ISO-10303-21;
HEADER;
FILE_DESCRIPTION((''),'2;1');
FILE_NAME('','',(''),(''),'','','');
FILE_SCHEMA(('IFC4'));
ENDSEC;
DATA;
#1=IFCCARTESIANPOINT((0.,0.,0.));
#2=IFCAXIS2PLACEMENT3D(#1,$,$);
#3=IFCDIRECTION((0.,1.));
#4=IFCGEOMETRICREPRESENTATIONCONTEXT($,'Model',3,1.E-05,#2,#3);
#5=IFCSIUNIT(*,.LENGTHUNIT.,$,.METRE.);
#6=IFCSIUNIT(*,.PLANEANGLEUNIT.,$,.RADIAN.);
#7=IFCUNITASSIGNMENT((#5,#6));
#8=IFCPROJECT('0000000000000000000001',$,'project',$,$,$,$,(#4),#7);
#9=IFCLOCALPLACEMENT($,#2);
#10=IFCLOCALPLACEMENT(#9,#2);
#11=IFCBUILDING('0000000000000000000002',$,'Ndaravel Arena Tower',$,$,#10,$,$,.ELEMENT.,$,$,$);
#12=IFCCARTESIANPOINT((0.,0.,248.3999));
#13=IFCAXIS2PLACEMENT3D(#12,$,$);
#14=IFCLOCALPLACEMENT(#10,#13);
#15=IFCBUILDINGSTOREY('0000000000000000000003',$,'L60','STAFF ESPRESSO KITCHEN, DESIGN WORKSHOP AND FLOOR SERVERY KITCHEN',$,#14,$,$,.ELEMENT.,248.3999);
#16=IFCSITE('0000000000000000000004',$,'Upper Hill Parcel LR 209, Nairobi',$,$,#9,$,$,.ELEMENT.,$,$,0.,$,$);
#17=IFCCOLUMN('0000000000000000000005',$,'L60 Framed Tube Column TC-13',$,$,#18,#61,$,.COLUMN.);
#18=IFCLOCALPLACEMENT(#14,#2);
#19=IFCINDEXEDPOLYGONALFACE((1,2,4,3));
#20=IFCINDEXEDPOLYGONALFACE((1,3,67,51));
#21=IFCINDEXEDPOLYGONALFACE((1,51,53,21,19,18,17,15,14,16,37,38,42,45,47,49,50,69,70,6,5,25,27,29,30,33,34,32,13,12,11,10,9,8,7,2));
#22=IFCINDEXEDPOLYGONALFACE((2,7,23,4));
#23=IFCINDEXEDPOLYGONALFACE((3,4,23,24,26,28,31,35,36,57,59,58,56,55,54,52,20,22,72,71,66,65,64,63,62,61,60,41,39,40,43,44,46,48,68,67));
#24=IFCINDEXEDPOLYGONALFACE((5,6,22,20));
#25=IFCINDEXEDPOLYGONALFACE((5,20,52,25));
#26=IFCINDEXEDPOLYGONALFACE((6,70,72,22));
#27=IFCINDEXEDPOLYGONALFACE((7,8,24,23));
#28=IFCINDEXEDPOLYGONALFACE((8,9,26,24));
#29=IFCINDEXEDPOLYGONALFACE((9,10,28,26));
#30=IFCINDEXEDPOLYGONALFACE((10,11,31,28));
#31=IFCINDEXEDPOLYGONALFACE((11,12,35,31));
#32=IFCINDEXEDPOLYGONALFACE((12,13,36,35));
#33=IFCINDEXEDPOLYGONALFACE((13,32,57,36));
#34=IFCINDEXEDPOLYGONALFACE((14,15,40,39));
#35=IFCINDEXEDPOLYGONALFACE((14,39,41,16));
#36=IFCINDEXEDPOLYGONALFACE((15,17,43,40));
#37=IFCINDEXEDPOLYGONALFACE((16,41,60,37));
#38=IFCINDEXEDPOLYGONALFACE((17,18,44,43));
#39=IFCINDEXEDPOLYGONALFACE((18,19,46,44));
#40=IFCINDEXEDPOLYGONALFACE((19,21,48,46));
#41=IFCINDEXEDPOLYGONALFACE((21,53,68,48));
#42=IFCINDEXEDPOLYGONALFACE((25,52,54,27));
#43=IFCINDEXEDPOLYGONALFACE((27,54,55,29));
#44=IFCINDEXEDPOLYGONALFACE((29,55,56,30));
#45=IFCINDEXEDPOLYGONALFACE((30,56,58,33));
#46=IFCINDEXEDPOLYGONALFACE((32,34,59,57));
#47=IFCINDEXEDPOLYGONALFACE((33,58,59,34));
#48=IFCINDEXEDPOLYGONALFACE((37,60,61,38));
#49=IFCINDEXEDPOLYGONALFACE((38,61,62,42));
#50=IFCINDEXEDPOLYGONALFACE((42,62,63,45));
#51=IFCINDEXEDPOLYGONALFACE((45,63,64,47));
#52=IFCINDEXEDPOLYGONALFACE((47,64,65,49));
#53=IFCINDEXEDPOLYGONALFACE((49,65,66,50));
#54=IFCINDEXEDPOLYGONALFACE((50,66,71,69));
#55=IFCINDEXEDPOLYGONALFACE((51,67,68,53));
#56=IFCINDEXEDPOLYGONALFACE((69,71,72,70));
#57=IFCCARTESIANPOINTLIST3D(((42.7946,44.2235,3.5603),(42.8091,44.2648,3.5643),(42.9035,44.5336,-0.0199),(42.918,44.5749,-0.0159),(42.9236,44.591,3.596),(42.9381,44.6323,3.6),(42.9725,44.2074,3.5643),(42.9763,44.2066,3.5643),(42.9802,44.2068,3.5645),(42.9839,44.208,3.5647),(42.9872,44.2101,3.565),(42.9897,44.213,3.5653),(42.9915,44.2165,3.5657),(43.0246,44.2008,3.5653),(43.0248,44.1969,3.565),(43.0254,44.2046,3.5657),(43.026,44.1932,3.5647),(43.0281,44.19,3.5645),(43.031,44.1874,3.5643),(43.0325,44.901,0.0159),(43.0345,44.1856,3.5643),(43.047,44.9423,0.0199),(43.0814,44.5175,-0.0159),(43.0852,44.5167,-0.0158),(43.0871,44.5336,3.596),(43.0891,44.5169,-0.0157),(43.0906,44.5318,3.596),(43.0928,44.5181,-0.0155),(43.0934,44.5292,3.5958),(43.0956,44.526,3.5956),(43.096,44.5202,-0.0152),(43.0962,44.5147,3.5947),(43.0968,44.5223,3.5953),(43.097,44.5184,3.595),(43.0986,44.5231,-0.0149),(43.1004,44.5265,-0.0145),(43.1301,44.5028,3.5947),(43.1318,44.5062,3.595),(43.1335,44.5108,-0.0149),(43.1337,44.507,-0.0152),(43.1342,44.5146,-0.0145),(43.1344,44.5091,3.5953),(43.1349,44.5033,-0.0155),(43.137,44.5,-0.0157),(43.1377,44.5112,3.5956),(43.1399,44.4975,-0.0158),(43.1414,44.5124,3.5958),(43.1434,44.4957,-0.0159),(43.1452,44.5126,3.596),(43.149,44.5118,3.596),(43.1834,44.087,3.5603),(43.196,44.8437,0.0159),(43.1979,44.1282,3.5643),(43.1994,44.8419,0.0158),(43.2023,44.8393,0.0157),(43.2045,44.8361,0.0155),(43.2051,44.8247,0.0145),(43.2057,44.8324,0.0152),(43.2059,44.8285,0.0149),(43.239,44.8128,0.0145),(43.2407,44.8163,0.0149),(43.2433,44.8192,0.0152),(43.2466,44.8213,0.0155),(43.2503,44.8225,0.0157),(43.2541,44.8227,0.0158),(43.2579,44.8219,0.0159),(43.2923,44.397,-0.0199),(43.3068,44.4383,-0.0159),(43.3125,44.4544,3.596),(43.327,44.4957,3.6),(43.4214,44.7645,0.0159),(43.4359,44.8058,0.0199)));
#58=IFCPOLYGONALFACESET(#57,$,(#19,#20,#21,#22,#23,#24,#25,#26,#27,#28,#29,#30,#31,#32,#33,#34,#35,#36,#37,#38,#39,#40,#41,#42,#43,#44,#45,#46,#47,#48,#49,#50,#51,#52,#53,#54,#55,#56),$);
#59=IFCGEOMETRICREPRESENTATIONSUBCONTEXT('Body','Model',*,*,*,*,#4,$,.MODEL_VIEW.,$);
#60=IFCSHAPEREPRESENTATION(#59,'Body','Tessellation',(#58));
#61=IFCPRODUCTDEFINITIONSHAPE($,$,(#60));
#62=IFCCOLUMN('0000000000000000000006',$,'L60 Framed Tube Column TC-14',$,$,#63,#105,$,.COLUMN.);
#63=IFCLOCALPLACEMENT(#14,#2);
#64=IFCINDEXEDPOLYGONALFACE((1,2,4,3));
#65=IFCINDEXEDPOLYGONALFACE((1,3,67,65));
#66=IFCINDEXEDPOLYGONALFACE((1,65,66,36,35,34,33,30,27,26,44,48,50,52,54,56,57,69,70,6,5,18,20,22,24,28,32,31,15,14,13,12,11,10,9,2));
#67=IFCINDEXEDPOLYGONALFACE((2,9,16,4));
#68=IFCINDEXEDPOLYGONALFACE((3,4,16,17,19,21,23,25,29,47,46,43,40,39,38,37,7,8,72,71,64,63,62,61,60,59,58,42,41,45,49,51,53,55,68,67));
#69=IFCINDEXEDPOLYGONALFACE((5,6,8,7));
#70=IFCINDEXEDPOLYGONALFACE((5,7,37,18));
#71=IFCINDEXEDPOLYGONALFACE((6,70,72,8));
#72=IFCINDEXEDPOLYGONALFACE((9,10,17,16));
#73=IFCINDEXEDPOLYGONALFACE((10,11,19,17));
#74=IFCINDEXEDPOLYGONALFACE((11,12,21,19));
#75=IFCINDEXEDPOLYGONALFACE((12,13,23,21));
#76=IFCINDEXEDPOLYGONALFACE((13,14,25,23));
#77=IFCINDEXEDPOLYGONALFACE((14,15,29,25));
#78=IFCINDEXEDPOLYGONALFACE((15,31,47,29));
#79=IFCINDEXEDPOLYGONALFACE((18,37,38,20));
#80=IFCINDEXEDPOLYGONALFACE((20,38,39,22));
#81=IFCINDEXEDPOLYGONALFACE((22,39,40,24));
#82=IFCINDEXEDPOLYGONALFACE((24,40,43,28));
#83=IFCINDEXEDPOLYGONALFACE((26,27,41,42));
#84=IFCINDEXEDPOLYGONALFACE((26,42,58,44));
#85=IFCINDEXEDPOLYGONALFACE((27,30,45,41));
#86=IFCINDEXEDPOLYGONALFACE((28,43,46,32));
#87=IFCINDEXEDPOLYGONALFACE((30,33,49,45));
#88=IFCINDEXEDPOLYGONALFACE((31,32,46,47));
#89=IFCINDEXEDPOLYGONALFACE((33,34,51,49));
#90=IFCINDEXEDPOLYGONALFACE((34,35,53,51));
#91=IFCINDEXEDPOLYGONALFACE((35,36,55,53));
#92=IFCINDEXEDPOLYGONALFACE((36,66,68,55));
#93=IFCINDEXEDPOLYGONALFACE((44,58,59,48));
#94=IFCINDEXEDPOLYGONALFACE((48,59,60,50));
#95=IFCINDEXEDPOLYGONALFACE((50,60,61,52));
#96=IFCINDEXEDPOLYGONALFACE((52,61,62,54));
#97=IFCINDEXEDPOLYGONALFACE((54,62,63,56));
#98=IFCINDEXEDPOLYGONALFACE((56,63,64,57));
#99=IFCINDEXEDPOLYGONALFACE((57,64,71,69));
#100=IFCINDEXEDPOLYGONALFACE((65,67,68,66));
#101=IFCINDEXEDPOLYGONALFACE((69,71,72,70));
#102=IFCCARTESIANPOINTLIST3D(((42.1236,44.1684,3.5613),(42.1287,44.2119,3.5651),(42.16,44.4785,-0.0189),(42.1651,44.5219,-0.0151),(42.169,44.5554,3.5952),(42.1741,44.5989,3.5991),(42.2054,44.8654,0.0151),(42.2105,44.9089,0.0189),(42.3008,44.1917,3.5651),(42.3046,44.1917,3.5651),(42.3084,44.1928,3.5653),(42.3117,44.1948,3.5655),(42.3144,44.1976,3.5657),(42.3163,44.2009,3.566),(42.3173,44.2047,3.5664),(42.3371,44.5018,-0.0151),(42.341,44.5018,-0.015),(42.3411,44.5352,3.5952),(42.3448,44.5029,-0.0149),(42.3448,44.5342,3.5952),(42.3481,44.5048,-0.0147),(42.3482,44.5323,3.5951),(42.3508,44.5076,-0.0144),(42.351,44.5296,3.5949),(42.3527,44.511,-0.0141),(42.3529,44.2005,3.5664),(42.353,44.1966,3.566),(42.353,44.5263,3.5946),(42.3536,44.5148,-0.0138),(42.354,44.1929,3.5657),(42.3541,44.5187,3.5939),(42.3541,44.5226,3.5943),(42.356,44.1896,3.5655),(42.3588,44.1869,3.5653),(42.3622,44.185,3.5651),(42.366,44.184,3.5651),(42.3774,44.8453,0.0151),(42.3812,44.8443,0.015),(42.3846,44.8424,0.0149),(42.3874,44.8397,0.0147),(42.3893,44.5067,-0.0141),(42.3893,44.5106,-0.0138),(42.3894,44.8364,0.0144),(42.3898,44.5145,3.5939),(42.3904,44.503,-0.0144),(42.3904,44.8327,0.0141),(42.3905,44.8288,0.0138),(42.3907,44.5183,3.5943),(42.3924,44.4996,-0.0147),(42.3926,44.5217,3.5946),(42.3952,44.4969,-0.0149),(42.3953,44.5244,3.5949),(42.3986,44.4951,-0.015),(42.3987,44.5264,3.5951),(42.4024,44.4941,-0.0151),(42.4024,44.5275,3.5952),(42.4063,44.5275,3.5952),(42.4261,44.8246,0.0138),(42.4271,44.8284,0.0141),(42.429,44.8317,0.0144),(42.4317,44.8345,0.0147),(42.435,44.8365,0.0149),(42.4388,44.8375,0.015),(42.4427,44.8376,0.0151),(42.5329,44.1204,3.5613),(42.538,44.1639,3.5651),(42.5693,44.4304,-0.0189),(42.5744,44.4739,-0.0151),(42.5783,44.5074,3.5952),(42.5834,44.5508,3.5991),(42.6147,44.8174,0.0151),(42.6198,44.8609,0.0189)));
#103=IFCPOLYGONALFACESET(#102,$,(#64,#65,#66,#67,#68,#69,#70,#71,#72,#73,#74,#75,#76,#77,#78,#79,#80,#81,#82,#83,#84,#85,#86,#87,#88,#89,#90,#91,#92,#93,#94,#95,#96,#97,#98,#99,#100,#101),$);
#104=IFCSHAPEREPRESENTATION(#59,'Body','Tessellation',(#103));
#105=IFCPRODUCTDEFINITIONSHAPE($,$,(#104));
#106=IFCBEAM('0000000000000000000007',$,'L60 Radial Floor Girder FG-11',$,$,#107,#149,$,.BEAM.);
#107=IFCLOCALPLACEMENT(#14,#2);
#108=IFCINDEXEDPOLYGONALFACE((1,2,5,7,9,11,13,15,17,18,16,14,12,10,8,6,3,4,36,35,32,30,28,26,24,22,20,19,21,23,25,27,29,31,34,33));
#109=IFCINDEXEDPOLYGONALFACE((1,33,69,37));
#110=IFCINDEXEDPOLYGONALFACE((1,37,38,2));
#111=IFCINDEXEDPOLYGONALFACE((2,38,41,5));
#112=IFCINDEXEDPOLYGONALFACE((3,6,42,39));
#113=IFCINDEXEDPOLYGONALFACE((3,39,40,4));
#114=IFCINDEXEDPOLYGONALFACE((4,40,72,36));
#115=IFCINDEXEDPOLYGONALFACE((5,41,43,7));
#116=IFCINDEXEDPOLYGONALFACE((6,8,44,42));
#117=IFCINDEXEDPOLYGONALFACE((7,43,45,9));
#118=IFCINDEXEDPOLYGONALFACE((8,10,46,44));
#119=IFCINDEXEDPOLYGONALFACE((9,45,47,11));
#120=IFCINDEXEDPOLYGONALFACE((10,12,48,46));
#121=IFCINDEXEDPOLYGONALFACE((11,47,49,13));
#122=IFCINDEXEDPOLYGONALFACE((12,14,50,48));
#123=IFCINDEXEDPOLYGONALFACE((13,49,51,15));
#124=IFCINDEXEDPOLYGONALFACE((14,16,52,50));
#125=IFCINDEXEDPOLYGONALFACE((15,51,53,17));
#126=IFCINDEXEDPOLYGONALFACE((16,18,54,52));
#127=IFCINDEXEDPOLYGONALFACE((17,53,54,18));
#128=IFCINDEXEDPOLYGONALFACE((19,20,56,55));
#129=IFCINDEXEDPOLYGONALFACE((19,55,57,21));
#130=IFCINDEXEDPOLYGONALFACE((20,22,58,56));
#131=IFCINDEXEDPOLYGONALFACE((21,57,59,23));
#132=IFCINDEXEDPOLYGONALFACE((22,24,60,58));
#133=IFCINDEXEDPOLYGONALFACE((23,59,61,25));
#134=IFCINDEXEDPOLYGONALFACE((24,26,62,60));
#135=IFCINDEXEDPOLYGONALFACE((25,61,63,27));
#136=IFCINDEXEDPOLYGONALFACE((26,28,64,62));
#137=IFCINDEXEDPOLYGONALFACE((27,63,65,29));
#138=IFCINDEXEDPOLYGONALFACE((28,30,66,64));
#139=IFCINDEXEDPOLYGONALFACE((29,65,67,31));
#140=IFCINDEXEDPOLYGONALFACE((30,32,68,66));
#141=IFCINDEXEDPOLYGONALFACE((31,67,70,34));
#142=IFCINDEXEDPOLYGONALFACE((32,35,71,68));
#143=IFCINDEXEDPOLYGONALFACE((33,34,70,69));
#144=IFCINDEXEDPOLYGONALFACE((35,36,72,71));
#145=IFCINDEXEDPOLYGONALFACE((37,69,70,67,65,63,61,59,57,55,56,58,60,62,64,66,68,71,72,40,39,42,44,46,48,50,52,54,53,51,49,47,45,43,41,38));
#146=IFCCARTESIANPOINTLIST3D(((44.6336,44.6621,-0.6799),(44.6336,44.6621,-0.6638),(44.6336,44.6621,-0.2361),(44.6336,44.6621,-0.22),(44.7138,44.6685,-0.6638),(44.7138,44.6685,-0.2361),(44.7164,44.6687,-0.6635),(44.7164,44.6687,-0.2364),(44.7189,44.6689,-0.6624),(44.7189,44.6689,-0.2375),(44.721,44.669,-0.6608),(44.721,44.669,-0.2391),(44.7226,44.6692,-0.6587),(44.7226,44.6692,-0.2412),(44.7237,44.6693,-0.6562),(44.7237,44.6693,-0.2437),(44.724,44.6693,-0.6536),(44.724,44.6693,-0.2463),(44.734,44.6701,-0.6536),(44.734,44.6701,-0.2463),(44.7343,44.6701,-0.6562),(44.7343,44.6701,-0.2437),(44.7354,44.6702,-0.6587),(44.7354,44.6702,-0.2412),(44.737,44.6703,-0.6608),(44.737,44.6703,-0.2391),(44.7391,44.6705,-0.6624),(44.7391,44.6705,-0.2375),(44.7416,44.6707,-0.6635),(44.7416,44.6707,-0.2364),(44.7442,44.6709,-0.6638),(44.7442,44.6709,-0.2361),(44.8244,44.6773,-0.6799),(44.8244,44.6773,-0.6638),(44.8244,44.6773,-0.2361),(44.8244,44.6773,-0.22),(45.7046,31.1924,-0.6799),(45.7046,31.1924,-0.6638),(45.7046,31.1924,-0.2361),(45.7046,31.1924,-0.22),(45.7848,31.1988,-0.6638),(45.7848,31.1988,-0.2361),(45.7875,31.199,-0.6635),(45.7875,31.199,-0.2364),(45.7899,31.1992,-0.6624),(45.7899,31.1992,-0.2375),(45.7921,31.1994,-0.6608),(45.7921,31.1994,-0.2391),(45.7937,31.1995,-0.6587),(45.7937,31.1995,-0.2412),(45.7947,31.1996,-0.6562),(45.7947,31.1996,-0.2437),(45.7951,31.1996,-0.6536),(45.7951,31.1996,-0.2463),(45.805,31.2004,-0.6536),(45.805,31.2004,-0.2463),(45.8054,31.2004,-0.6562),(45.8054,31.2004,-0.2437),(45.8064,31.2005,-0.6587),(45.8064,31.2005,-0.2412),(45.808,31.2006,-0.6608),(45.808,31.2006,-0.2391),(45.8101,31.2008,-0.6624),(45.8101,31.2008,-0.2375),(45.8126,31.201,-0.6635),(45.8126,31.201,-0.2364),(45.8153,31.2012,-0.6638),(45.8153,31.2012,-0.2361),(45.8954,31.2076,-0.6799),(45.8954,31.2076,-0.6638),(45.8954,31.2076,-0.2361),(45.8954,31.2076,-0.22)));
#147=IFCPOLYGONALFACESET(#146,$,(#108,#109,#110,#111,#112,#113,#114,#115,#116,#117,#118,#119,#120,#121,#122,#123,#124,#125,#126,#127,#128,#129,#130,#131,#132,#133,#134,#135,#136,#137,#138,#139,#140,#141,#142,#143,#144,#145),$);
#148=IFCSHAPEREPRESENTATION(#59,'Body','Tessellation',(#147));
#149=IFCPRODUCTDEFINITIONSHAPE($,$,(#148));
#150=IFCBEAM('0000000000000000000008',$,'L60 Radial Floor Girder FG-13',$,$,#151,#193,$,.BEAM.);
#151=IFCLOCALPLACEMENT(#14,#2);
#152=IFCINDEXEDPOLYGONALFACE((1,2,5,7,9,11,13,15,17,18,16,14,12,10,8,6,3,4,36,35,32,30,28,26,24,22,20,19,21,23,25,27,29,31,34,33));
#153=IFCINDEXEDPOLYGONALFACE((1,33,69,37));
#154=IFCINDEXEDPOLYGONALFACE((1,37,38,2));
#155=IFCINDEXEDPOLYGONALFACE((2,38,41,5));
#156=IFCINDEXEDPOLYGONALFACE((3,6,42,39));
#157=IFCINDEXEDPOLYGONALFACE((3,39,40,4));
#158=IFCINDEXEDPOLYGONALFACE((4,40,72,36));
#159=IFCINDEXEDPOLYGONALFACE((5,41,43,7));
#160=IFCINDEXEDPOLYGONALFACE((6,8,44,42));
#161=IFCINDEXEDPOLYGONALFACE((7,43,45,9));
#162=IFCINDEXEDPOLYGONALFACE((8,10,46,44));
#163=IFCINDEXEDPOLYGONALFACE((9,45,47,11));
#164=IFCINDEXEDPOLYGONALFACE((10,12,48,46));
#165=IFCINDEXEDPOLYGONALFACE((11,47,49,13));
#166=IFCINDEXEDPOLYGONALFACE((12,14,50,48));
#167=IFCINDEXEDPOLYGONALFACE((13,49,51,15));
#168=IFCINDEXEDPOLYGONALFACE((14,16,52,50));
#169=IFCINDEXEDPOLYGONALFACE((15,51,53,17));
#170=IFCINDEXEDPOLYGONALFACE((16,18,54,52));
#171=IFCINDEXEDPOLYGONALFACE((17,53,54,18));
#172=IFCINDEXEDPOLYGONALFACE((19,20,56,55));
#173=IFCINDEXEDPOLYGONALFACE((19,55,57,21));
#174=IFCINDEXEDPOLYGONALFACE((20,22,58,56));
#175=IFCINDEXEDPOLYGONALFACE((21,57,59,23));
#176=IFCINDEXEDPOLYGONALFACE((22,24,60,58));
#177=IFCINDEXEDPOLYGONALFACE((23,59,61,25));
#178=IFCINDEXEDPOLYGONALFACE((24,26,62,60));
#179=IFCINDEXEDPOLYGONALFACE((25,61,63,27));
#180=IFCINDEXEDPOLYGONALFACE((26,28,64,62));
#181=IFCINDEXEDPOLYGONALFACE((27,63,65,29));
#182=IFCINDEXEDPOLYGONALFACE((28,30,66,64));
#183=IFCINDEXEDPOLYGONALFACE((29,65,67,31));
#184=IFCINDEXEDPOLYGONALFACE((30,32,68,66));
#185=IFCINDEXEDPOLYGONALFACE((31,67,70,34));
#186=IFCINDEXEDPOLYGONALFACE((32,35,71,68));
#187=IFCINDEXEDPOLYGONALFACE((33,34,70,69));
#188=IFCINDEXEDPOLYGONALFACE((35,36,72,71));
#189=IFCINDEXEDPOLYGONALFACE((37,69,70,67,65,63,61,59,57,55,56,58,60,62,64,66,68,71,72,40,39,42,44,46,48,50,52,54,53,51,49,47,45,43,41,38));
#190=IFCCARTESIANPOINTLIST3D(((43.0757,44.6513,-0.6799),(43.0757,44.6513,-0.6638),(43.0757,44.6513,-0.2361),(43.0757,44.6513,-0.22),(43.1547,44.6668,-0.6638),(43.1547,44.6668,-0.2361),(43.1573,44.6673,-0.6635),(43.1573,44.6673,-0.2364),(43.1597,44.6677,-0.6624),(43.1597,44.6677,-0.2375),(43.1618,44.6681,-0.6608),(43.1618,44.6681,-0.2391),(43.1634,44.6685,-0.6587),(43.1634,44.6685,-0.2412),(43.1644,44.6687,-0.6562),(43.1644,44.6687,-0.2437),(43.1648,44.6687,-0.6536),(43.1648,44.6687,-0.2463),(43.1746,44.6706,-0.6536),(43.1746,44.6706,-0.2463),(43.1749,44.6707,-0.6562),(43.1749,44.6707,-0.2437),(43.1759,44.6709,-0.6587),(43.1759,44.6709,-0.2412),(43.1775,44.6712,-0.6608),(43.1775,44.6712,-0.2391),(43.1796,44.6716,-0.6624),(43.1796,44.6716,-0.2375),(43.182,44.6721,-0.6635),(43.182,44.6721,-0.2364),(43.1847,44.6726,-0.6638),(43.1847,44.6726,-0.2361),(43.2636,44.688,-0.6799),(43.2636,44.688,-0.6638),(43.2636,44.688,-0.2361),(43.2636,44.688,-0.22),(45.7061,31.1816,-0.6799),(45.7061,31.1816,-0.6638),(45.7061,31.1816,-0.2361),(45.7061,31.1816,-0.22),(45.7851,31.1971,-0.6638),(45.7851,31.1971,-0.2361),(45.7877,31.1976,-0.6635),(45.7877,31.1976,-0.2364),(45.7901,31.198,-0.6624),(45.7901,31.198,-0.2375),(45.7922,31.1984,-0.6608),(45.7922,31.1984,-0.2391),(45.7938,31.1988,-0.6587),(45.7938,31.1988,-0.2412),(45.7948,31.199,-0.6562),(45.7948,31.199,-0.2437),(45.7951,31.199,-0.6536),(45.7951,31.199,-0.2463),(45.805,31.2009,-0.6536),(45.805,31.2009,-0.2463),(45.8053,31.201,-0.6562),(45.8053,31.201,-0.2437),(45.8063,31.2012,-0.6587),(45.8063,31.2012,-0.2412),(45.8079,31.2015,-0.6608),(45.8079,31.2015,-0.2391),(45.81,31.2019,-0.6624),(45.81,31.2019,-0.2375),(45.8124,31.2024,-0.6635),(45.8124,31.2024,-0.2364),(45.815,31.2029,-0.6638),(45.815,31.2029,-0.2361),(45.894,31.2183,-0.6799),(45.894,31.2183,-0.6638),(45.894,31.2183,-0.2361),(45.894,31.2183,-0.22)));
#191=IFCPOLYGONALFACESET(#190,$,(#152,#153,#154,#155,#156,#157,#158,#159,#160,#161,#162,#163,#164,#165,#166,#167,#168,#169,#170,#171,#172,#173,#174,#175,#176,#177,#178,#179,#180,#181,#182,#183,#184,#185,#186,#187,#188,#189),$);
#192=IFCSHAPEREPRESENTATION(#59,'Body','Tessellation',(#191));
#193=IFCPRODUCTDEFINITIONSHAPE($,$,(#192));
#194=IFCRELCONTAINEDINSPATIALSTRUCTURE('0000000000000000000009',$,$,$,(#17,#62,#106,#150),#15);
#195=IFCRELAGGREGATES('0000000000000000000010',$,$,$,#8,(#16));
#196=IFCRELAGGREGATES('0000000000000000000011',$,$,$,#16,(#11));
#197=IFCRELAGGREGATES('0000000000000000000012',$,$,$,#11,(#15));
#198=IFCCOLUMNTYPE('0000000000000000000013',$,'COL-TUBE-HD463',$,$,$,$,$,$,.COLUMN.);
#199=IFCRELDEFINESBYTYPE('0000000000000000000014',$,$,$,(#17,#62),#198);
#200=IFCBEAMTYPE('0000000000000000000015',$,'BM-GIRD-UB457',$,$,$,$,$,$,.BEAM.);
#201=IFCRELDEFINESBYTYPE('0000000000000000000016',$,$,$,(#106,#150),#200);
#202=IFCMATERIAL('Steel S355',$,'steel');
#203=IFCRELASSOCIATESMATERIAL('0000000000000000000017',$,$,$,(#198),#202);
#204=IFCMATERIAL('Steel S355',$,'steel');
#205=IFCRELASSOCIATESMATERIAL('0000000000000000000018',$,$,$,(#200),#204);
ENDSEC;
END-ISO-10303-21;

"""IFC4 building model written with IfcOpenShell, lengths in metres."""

from ifc_helpers import new_model, si_unit, direction, frame, origin, origin_2d, place, context, subcontext, project, spatial, i_section, extrude, material, material_profile, profile_set, type_object, element, save


model = new_model("IFC4")

# Units and contexts
model_context = context("Model", 3, precision=1e-05, world=origin(), true_north=direction((0.0, 1.0)))
body_context = subcontext(model_context, "Body", "Model", "MODEL_VIEW")
ifc_project = project(units=[si_unit("LENGTHUNIT", "METRE"), si_unit("PLANEANGLEUNIT", "RADIAN")], contexts=[model_context])

# Site, building, storey
site_placement = place(None, origin())
site = spatial("IfcSite", under=ifc_project, at=site_placement, Name="Upper Hill Parcel LR 209, Nairobi", CompositionType="ELEMENT", RefElevation=0.0)
building_placement = place(site_placement, origin())
building = spatial("IfcBuilding", under=site, at=building_placement, Name="Ndaravel Arena Tower", CompositionType="ELEMENT")
storey_placement = place(building_placement, frame((0.0, 0.0, 248.3999)))
storey = spatial("IfcBuildingStorey", under=building, at=storey_placement, Name="L60", Description="STAFF ESPRESSO KITCHEN, DESIGN WORKSHOP AND FLOOR SERVERY KITCHEN", CompositionType="ELEMENT", Elevation=248.3999)

# Columns
ifc_material_1 = material(Name="Steel S355", Category="steel")
ifc_material_profile_1 = material_profile(ifc_material_1, i_section(OverallWidth=0.4121, OverallDepth=0.4351, WebThickness=0.0359, FlangeThickness=0.0439, FilletRadius=0.0149, at=origin_2d()), Name="HD 400x463")
ifc_profile_set_1 = profile_set([ifc_material_profile_1], Name="Steel S355")
column_type_1 = type_object("IfcColumnType", Name="COL-TUBE-HD463", PredefinedType="COLUMN", material=ifc_profile_set_1)
column_1_placement = place(storey_placement, frame((43.1697, 44.6697, 0.0), z_axis=(-0.030287, -0.086244, 0.995814), x_axis=(0.94351, -0.331343, 0.0)))
element("IfcColumn", 1, at=column_1_placement, inside=storey, type_object=column_type_1, Name="L60 Framed Tube Column TC-13", PredefinedType="COLUMN", context=body_context, shape_type="SweptSolid", body=[
    extrude(i_section(OverallWidth=0.4121, OverallDepth=0.4351, WebThickness=0.0359, FlangeThickness=0.0439, FilletRadius=0.0149, at=origin_2d()), origin(), (0.0, 0.0, 1.0), 3.5952),
])
column_2_placement = place(storey_placement, frame((42.3899, 44.6697, 0.0), z_axis=(-0.010123, -0.086279, 0.99622), x_axis=(0.993188, -0.116524, 0.0)))
element("IfcColumn", 2, at=column_2_placement, inside=storey, type_object=column_type_1, Name="L60 Framed Tube Column TC-14", PredefinedType="COLUMN", context=body_context, shape_type="SweptSolid", body=[
    extrude(i_section(OverallWidth=0.4121, OverallDepth=0.4351, WebThickness=0.0359, FlangeThickness=0.0439, FilletRadius=0.0149, at=origin_2d()), origin(), (0.0, 0.0, 1.0), 3.5938),
])

# Beams
ifc_material_2 = material(Name="Steel S355", Category="steel")
ifc_material_profile_2 = material_profile(ifc_material_2, i_section(OverallWidth=0.1914, OverallDepth=0.46, WebThickness=0.01, FlangeThickness=0.0161, FilletRadius=0.0103, at=origin_2d()), Name="UB 457x191x82")
ifc_profile_set_2 = profile_set([ifc_material_profile_2], Name="Steel S355")
beam_type_1 = type_object("IfcBeamType", Name="BM-GIRD-UB457", PredefinedType="BEAM", material=ifc_profile_set_2)
beam_1_placement = place(storey_placement, frame((44.729, 44.6697, -0.45), z_axis=(0.079265, -0.996854, 0.0), x_axis=(0.996854, 0.079265, 0.0)))
element("IfcBeam", 3, at=beam_1_placement, inside=storey, type_object=beam_type_1, Name="L60 Radial Floor Girder FG-11", PredefinedType="BEAM", context=body_context, shape_type="SweptSolid", body=[
    extrude(i_section(OverallWidth=0.1914, OverallDepth=0.46, WebThickness=0.01, FlangeThickness=0.0161, FilletRadius=0.0103, at=origin_2d()), origin(), (0.0, 0.0, 1.0), 13.5122),
])
beam_2_placement = place(storey_placement, frame((43.1697, 44.6697, -0.45), z_axis=(0.19166, -0.981461, 0.0), x_axis=(0.981461, 0.19166, 0.0)))
element("IfcBeam", 4, at=beam_2_placement, inside=storey, type_object=beam_type_1, Name="L60 Radial Floor Girder FG-13", PredefinedType="BEAM", context=body_context, shape_type="SweptSolid", body=[
    extrude(i_section(OverallWidth=0.1914, OverallDepth=0.46, WebThickness=0.01, FlangeThickness=0.0161, FilletRadius=0.0103, at=origin_2d()), origin(), (0.0, 0.0, 1.0), 13.7241),
])

save(model, "model.ifc")
